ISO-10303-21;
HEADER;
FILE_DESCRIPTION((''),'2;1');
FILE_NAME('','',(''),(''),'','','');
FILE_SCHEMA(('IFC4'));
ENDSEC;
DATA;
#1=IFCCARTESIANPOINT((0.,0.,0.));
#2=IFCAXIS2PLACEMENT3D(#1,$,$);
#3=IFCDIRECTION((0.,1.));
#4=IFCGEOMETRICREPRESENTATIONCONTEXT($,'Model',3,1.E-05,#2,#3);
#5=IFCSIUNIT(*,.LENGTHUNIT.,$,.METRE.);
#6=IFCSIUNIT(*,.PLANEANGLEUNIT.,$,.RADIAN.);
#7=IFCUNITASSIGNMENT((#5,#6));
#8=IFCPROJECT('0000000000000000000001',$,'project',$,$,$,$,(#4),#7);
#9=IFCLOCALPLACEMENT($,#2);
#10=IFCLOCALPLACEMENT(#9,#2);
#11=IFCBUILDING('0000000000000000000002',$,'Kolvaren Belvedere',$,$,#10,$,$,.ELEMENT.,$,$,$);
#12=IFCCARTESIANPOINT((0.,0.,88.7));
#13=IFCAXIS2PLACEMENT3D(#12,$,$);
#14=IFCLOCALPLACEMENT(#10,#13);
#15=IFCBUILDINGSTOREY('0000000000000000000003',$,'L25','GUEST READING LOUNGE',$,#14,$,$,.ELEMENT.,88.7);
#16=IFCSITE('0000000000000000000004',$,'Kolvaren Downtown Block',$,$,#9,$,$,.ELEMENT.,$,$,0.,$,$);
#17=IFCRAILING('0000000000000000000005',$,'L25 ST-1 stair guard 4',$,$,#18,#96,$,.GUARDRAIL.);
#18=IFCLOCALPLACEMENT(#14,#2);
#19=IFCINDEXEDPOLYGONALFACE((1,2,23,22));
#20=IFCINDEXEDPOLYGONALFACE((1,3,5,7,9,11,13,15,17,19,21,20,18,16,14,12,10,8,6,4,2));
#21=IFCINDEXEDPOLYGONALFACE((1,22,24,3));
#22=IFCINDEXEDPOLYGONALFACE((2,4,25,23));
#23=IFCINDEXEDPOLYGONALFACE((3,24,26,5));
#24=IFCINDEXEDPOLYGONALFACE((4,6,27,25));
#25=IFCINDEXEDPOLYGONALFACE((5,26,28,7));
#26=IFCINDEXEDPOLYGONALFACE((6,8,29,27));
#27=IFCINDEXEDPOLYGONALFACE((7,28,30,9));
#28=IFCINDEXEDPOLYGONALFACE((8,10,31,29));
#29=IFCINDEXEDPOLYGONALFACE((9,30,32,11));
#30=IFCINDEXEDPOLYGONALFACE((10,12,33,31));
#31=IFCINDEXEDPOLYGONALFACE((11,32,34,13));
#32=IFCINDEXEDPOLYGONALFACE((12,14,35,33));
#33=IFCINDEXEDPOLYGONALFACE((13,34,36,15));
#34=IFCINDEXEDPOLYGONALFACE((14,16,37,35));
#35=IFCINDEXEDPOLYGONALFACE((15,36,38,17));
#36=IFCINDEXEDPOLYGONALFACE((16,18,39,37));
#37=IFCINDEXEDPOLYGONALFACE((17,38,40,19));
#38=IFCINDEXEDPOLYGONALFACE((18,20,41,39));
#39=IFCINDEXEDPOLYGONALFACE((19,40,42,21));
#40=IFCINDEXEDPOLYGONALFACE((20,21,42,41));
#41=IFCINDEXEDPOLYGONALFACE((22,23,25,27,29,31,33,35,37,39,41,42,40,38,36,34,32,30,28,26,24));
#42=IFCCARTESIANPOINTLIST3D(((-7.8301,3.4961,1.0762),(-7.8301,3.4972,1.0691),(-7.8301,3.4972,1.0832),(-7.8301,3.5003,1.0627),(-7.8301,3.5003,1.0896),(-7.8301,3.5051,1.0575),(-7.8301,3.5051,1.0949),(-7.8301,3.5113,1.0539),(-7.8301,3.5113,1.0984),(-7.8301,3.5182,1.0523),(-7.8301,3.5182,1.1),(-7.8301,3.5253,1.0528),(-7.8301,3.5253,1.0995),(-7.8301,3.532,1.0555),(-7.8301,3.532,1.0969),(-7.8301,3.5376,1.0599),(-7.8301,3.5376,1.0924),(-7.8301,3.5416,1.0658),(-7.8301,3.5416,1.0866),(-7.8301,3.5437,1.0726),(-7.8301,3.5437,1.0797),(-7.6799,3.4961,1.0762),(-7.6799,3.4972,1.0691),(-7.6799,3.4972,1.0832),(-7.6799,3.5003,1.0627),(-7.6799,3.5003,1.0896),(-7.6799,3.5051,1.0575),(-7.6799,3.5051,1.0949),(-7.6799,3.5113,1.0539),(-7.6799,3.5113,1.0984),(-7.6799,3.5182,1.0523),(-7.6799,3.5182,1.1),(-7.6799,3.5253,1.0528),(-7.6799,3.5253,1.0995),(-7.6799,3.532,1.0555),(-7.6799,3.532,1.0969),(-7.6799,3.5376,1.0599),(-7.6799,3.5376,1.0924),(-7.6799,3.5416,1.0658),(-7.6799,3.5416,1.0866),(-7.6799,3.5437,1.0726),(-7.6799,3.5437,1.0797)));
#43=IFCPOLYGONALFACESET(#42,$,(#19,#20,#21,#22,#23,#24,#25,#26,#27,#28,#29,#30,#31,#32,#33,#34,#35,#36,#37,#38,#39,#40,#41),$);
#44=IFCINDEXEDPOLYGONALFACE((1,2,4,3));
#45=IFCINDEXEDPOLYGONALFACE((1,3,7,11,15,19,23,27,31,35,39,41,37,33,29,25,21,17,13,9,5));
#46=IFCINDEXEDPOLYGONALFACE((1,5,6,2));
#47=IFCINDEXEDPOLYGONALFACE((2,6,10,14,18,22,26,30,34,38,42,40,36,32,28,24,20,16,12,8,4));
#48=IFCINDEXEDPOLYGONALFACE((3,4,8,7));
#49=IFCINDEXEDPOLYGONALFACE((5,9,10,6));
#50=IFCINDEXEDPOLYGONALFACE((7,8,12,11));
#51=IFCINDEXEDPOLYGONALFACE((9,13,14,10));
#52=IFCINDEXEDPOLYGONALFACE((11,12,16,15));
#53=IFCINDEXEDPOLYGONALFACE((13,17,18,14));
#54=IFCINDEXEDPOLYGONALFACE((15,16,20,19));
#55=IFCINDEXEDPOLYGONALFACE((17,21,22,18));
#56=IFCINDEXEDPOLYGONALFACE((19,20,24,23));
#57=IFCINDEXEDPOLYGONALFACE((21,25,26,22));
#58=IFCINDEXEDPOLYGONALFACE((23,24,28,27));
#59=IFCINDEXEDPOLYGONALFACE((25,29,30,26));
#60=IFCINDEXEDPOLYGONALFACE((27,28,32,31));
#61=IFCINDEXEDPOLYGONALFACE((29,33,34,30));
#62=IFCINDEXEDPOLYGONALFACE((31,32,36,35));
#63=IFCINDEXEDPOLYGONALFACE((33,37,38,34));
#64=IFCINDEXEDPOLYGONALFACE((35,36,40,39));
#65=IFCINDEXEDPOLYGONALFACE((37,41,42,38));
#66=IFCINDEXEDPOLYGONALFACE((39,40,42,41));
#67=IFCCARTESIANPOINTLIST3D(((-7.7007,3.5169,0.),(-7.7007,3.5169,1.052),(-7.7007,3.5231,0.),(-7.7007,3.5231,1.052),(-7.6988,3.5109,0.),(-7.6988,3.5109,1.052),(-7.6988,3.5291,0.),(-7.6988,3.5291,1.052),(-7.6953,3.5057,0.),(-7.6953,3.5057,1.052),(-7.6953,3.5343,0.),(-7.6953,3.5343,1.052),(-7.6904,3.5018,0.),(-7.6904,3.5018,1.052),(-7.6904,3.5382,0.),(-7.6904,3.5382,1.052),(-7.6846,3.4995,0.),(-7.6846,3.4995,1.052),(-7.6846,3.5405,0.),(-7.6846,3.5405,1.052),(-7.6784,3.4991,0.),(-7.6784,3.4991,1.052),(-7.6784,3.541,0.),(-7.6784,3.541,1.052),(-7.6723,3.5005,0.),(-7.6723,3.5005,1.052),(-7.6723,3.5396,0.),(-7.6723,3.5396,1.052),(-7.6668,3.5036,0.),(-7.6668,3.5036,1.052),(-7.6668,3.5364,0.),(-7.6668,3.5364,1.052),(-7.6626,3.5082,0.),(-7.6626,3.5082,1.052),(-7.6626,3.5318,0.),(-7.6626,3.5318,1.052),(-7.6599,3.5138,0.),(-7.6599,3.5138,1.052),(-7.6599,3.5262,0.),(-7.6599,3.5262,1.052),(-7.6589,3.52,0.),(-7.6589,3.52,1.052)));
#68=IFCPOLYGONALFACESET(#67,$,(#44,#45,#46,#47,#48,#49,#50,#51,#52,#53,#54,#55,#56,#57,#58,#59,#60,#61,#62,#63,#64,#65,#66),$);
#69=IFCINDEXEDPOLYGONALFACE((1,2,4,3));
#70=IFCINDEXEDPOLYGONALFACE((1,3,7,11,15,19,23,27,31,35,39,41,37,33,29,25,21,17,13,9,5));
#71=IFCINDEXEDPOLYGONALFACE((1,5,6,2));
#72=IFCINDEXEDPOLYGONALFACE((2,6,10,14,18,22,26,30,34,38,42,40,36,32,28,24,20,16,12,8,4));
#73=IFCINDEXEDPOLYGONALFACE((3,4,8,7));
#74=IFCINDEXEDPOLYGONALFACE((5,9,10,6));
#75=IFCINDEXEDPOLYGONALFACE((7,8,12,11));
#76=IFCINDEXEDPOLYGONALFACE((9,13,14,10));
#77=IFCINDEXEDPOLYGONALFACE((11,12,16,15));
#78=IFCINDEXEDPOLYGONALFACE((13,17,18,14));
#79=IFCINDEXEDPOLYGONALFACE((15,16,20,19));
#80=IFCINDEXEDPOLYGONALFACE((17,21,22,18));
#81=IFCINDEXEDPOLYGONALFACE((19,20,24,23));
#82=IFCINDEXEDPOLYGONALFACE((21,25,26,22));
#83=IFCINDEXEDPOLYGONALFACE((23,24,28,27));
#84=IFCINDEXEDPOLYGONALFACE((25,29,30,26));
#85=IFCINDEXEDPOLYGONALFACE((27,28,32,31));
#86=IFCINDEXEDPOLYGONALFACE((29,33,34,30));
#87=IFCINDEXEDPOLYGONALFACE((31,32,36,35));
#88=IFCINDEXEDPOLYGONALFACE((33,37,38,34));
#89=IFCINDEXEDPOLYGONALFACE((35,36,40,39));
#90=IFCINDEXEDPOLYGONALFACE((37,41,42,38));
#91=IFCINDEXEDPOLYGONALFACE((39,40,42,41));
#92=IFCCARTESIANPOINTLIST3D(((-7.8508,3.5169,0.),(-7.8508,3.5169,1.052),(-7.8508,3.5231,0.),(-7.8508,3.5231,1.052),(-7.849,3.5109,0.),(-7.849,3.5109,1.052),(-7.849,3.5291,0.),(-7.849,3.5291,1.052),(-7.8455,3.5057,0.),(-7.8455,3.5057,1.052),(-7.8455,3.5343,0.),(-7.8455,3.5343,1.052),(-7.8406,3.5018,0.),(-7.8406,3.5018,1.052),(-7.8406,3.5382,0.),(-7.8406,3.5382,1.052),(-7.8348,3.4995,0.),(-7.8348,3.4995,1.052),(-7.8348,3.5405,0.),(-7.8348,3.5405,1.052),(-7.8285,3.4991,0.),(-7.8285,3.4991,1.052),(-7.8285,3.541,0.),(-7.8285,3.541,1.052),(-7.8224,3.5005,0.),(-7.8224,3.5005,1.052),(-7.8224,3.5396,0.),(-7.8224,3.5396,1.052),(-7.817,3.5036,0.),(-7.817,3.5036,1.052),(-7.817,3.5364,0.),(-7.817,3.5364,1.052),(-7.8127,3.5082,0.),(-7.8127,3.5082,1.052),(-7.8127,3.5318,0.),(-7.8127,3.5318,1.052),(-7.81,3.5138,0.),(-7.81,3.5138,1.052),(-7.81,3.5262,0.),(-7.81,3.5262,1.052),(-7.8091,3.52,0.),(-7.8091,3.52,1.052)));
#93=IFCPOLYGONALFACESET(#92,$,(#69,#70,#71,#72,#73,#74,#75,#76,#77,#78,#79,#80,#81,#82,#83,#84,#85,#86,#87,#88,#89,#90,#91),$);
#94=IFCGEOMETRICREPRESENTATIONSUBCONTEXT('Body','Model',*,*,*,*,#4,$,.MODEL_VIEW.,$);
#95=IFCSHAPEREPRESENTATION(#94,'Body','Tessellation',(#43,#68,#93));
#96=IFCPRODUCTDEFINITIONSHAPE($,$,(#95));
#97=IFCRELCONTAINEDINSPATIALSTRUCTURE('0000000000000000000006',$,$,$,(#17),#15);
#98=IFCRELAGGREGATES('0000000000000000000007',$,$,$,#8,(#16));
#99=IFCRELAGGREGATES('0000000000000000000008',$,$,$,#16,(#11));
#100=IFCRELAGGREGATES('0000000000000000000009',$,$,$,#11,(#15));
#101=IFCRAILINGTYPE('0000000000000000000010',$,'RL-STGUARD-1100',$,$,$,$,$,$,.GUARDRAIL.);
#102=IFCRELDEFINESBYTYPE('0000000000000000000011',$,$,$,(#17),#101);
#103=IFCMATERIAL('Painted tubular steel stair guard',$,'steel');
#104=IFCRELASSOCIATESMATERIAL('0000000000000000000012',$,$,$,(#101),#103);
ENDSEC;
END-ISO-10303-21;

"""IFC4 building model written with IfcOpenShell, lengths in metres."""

from ifc_helpers import new_model, si_unit, direction, frame, origin, origin_2d, place, context, subcontext, project, spatial, circle, extrude, material, type_object, element, save


model = new_model("IFC4")

# Units and contexts
model_context = context("Model", 3, precision=1e-05, world=origin(), true_north=direction((0.0, 1.0)))
body_context = subcontext(model_context, "Body", "Model", "MODEL_VIEW")
ifc_project = project(units=[si_unit("LENGTHUNIT", "METRE"), si_unit("PLANEANGLEUNIT", "RADIAN")], contexts=[model_context])

# Site, building, storey
site_placement = place(None, origin())
site = spatial("IfcSite", under=ifc_project, at=site_placement, Name="Kolvaren Downtown Block", CompositionType="ELEMENT", RefElevation=0.0)
building_placement = place(site_placement, origin())
building = spatial("IfcBuilding", under=site, at=building_placement, Name="Kolvaren Belvedere", CompositionType="ELEMENT")
storey_placement = place(building_placement, frame((0.0, 0.0, 88.7)))
storey = spatial("IfcBuildingStorey", under=building, at=storey_placement, Name="L25", Description="GUEST READING LOUNGE", CompositionType="ELEMENT", Elevation=88.7)

# Railing
ifc_material_1 = material(Name="Painted tubular steel stair guard", Category="steel")
railing_type_1 = type_object("IfcRailingType", Name="RL-STGUARD-1100", PredefinedType="GUARDRAIL", material=ifc_material_1)
railing_1_placement = place(storey_placement, frame((-7.6799, 3.52, 0.0)))
element("IfcRailing", 1, at=railing_1_placement, inside=storey, type_object=railing_type_1, Name="L25 ST-1 stair guard 4", PredefinedType="GUARDRAIL", context=body_context, shape_type="SweptSolid", body=[
    extrude(circle(Radius=0.0239, at=origin_2d()), frame((0.0, 0.0, 1.0762), z_axis=(-1.0, 0.0, 0.0), x_axis=(0.0, -1.0, 0.0)), (0.0, 0.0, 1.0), 0.1501),
    extrude(circle(Radius=0.021, at=origin_2d()), origin(), (0.0, 0.0, 1.0), 1.052),
    extrude(circle(Radius=0.021, at=origin_2d()), frame((-0.1501, 0.0, 0.0)), (0.0, 0.0, 1.0), 1.052),
])

save(model, "model.ifc")
